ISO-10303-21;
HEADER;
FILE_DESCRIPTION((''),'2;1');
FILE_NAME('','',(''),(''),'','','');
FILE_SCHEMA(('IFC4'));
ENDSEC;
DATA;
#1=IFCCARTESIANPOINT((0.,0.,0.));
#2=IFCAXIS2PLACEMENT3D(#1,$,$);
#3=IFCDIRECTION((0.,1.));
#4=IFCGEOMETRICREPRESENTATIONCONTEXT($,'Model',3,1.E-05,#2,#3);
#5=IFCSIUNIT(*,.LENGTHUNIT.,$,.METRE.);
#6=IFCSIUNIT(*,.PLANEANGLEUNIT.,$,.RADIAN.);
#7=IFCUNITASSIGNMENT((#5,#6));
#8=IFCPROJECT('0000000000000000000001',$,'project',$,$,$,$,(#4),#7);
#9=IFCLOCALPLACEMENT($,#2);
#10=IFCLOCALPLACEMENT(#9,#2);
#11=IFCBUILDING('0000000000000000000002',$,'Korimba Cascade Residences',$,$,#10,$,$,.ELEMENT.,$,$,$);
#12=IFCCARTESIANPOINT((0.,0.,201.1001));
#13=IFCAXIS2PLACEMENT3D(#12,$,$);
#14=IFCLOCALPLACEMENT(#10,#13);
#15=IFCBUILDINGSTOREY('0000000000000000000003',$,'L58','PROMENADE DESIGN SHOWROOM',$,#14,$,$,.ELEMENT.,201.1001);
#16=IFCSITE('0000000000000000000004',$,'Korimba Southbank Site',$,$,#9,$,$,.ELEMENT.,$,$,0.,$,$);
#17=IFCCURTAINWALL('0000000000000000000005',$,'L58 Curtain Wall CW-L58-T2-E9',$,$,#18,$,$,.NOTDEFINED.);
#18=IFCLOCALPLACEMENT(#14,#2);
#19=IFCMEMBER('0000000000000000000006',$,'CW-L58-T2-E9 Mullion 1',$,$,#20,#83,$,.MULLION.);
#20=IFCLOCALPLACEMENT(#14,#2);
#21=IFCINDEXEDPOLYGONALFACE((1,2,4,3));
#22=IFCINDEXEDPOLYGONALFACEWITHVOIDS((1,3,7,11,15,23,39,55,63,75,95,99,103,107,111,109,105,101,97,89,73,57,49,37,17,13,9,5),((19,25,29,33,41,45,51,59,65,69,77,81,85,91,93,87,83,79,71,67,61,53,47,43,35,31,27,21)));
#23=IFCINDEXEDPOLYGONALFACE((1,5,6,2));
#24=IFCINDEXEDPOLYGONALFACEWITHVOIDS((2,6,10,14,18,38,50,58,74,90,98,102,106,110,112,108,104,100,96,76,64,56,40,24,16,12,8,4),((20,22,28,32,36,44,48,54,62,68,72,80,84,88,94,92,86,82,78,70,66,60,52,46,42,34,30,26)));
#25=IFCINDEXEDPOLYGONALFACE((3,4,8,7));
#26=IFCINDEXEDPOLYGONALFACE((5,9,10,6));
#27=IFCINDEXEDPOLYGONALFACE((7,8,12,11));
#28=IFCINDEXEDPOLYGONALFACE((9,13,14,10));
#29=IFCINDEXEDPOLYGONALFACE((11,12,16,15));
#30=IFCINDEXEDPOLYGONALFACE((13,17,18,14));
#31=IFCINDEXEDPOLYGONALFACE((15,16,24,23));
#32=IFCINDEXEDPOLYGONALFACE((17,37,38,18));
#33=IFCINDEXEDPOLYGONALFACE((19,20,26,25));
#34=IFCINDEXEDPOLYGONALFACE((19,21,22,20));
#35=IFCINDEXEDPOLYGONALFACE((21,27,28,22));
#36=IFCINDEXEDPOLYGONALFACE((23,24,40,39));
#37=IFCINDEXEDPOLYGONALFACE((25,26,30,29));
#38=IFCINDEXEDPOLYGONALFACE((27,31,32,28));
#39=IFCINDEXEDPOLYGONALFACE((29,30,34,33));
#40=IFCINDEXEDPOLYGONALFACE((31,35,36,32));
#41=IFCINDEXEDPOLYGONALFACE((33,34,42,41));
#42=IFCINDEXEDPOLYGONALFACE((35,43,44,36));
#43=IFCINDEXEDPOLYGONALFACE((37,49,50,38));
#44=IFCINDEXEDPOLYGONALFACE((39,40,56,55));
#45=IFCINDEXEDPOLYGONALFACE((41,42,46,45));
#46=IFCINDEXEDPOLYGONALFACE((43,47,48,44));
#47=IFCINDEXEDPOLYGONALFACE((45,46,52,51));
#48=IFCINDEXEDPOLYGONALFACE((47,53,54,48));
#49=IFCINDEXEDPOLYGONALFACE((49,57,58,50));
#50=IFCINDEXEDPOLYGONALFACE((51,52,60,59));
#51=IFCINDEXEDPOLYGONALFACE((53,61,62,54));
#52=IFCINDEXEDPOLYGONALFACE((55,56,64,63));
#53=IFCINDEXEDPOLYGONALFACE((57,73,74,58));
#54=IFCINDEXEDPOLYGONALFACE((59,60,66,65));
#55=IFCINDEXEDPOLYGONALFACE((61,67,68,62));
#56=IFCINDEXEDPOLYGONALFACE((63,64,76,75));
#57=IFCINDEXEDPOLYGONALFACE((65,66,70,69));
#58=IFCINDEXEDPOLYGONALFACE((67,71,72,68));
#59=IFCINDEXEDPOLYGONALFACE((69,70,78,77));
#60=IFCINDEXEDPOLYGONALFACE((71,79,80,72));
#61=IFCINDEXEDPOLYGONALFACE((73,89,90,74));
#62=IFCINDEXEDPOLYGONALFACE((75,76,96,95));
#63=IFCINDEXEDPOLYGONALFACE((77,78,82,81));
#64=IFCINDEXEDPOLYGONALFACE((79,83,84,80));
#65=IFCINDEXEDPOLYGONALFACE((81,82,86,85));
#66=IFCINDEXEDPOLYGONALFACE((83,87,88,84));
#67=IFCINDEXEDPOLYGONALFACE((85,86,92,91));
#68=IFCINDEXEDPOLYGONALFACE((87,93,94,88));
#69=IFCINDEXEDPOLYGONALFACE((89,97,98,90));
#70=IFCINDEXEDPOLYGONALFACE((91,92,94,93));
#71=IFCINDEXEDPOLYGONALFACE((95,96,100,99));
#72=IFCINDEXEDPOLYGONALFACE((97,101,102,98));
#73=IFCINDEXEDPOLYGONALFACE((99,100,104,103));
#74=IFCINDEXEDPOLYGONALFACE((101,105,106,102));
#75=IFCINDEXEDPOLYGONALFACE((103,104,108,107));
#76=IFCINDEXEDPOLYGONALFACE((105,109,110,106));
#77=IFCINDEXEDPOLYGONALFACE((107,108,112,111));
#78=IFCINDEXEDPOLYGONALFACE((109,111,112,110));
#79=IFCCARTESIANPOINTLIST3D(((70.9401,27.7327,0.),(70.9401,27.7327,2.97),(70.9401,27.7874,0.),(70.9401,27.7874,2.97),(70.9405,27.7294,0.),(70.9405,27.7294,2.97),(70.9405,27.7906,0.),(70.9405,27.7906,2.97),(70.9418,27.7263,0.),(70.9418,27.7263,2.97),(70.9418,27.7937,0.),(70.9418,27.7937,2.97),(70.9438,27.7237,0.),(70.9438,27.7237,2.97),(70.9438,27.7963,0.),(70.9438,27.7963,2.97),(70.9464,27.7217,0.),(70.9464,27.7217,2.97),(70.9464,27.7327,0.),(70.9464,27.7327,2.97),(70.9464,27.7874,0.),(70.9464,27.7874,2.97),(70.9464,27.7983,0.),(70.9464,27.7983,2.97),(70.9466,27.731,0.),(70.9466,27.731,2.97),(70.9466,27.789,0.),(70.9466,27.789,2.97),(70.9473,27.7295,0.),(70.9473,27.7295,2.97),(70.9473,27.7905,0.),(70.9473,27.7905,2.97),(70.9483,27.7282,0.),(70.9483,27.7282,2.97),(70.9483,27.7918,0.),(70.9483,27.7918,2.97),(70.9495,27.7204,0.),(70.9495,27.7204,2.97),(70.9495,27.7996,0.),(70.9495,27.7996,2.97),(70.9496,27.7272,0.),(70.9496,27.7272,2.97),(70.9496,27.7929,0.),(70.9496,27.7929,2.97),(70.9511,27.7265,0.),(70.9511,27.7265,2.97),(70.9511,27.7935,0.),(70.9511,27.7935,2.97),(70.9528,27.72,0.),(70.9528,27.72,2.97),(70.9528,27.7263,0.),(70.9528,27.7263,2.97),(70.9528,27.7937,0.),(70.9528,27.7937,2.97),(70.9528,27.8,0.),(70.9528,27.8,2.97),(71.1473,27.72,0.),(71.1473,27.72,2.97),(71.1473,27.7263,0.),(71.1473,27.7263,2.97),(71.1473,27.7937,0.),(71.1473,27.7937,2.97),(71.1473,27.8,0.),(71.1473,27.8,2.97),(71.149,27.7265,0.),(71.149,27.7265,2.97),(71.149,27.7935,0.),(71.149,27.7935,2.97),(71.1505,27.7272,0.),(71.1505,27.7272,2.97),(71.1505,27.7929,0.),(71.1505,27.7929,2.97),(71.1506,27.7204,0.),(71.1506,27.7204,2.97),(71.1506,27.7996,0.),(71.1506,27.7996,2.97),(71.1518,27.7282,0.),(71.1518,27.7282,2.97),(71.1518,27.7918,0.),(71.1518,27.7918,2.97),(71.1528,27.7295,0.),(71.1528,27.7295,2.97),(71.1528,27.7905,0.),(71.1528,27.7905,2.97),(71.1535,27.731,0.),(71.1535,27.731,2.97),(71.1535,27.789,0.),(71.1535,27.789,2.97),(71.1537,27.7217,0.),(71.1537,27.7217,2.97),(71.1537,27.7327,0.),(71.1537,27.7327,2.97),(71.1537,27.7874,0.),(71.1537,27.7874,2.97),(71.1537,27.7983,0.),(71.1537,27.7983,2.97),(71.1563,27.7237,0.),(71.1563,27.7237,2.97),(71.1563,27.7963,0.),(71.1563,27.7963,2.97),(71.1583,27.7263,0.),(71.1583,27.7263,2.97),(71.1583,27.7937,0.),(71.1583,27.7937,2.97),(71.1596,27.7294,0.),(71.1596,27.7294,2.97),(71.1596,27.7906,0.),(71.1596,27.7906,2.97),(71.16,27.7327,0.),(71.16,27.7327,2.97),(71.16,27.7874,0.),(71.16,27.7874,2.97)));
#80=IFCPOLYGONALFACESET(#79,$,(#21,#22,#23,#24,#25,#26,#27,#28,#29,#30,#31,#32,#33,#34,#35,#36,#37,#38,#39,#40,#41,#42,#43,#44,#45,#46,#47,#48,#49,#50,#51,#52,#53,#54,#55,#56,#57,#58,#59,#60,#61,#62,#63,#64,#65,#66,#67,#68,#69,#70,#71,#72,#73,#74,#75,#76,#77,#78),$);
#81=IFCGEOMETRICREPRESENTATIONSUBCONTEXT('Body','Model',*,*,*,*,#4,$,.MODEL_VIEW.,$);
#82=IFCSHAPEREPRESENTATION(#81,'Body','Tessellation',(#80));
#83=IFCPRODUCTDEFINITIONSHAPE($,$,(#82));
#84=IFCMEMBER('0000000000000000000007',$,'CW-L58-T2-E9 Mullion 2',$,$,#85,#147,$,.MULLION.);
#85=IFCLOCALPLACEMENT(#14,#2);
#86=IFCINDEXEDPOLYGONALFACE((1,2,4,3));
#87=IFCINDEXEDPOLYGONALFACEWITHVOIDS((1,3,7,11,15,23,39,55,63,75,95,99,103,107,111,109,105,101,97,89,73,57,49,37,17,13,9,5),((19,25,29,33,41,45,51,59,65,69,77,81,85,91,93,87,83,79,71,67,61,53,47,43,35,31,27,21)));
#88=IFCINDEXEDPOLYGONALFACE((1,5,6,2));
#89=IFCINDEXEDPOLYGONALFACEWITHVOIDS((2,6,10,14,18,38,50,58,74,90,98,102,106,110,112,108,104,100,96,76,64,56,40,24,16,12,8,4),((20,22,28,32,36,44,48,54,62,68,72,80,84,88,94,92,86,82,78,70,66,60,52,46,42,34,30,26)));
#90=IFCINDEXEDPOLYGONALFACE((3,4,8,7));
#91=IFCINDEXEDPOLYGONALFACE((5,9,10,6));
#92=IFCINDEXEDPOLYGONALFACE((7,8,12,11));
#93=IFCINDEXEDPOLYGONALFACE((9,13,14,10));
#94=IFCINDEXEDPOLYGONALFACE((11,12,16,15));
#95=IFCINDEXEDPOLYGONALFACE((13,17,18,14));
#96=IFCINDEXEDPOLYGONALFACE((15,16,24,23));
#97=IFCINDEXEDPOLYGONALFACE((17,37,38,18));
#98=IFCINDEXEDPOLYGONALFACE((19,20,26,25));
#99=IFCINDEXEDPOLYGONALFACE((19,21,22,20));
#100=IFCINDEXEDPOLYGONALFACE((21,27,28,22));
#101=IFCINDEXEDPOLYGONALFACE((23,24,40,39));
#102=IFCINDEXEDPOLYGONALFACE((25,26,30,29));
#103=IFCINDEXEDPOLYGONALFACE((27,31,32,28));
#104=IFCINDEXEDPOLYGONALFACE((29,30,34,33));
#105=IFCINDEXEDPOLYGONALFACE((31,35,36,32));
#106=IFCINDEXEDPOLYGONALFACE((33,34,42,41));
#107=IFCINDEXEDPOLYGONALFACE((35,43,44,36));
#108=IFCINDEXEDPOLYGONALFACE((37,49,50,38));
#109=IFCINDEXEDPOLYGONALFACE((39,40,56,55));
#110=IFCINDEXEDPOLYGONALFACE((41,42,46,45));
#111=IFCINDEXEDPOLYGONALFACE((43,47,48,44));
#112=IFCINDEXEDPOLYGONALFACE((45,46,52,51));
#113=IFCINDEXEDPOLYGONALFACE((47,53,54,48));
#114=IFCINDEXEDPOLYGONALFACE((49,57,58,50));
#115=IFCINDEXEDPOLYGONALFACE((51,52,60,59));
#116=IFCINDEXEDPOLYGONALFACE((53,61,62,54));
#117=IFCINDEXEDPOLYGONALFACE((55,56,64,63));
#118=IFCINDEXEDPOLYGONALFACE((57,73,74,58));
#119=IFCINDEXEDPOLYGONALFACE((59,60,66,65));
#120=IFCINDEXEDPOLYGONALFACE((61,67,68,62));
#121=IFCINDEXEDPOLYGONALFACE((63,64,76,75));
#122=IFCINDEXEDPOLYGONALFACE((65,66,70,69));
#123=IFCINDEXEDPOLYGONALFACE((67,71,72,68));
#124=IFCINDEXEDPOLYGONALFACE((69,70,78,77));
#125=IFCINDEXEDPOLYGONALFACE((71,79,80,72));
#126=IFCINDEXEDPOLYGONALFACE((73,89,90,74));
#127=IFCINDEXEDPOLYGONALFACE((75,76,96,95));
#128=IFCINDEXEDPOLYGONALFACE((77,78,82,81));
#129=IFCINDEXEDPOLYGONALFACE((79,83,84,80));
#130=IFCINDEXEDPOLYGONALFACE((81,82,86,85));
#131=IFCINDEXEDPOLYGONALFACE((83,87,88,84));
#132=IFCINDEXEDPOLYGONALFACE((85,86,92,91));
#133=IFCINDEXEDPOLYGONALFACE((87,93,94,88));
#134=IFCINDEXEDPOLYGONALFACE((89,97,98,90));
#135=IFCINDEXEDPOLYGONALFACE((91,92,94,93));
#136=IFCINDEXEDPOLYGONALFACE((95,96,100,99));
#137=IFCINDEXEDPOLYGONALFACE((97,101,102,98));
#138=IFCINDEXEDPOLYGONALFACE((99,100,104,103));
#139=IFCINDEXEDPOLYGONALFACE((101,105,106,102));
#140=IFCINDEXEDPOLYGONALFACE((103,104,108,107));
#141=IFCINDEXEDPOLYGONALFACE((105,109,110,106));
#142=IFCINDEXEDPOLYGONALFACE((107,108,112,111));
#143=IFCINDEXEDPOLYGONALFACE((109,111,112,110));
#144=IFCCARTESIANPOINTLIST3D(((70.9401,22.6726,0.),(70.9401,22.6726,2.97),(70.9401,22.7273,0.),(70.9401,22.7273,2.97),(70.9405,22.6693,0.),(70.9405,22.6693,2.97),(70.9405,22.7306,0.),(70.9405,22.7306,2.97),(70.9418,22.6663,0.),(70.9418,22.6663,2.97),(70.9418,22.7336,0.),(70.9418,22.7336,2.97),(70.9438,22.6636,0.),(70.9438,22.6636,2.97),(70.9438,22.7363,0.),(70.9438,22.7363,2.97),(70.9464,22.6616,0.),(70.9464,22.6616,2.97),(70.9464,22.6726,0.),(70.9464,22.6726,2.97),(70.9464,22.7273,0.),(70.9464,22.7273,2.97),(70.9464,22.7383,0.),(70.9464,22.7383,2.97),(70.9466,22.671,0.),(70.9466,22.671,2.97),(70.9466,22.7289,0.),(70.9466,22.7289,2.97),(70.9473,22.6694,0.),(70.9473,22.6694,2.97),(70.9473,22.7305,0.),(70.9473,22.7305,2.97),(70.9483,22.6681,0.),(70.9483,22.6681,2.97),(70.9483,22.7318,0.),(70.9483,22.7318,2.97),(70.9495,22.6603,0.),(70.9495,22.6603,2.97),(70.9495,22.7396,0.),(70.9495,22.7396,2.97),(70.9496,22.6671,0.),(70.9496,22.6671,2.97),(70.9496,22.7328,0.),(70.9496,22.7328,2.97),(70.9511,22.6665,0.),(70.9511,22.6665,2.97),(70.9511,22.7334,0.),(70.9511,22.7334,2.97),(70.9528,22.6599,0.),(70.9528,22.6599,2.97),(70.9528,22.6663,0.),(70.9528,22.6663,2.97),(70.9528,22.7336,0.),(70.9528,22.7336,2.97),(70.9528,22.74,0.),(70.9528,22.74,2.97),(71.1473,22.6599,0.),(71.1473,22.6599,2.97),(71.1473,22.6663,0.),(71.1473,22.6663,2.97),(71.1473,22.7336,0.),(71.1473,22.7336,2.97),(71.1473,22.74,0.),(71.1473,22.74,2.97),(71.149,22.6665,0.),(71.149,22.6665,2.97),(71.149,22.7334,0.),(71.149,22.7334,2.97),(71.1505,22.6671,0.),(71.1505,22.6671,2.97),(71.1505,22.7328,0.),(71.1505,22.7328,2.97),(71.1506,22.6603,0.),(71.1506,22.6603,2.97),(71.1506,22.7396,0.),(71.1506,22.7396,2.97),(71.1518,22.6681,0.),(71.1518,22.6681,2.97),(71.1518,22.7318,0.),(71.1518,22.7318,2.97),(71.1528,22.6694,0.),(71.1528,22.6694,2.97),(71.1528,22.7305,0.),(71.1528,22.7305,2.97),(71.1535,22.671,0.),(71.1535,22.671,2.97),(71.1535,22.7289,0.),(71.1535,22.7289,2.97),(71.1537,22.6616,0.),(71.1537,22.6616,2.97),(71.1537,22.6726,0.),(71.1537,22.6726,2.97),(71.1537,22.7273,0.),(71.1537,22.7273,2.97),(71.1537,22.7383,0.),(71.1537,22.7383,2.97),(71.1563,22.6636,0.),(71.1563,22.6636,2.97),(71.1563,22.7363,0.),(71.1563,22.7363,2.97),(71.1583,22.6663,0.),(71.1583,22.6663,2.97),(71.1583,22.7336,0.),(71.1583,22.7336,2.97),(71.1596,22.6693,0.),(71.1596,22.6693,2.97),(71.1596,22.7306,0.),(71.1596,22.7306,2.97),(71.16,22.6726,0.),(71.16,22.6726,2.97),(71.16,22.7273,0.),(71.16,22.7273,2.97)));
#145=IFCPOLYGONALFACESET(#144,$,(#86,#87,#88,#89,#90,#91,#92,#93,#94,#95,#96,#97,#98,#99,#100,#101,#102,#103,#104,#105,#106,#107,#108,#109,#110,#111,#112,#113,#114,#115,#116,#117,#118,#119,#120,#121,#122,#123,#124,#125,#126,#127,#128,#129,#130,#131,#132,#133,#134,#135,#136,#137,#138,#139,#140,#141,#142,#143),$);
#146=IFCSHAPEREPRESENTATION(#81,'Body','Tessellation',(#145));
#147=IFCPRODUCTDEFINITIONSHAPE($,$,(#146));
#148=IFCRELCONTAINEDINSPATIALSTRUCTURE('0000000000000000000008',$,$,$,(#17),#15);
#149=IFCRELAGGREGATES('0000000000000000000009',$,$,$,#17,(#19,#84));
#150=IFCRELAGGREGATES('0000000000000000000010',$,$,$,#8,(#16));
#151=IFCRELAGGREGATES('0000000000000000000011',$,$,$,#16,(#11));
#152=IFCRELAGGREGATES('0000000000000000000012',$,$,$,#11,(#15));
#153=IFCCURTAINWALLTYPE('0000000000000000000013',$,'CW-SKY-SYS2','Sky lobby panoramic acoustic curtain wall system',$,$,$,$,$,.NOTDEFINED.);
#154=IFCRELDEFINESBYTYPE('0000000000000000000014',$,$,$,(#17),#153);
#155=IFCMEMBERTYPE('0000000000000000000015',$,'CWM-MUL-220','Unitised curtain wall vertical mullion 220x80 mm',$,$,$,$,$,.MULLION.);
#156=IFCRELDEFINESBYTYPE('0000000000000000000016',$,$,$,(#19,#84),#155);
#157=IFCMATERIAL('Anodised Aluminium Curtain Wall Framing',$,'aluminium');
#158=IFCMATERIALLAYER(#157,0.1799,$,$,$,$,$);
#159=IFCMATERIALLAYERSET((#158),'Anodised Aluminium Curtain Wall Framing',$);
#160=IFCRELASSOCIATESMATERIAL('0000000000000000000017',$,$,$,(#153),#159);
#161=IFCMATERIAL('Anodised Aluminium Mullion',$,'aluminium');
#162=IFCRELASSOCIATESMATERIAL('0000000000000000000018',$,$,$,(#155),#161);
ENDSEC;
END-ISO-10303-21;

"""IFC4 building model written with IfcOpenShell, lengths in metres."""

from ifc_helpers import new_model, si_unit, direction, frame, origin, origin_2d, place, context, subcontext, project, spatial, hollow_rectangle, extrude, material, layer, layer_set, material_profile, profile_set, type_object, element, aggregate, save


model = new_model("IFC4")

# Units and contexts
model_context = context("Model", 3, precision=1e-05, world=origin(), true_north=direction((0.0, 1.0)))
body_context = subcontext(model_context, "Body", "Model", "MODEL_VIEW")
ifc_project = project(units=[si_unit("LENGTHUNIT", "METRE"), si_unit("PLANEANGLEUNIT", "RADIAN")], contexts=[model_context])

# Site, building, storey
site_placement = place(None, origin())
site = spatial("IfcSite", under=ifc_project, at=site_placement, Name="Korimba Southbank Site", CompositionType="ELEMENT", RefElevation=0.0)
building_placement = place(site_placement, origin())
building = spatial("IfcBuilding", under=site, at=building_placement, Name="Korimba Cascade Residences", CompositionType="ELEMENT")
storey_placement = place(building_placement, frame((0.0, 0.0, 201.1001)))
storey = spatial("IfcBuildingStorey", under=building, at=storey_placement, Name="L58", Description="PROMENADE DESIGN SHOWROOM", CompositionType="ELEMENT", Elevation=201.1001)

# Curtain wall, members
ifc_material_1 = material(Name="Anodised Aluminium Curtain Wall Framing", Category="aluminium")
ifc_layer_1 = layer(ifc_material_1, 0.1799)
ifc_layer_set_1 = layer_set([ifc_layer_1], Name="Anodised Aluminium Curtain Wall Framing")
curtain_wall_type = type_object("IfcCurtainWallType", Name="CW-SKY-SYS2", Description="Sky lobby panoramic acoustic curtain wall system", PredefinedType="NOTDEFINED", material=ifc_layer_set_1)
curtain_wall_placement = place(storey_placement, origin())
curtain_wall = element("IfcCurtainWall", 1, at=curtain_wall_placement, inside=storey, type_object=curtain_wall_type, Name="L58 Curtain Wall CW-L58-T2-E9", PredefinedType="NOTDEFINED")
ifc_material_2 = material(Name="Anodised Aluminium Mullion", Category="aluminium")
ifc_material_profile_1 = material_profile(ifc_material_2, hollow_rectangle(XDim=0.0801, YDim=0.22, WallThickness=0.0063, InnerFilletRadius=0.0063, OuterFilletRadius=0.0127, at=origin_2d()), Name="Anodised Aluminium Mullion")
ifc_profile_set_1 = profile_set([ifc_material_profile_1], Name="Anodised Aluminium Mullion")
member_type_1 = type_object("IfcMemberType", Name="CWM-MUL-220", Description="Unitised curtain wall vertical mullion 220x80 mm", PredefinedType="MULLION", material=ifc_profile_set_1)
member_1_placement = place(storey_placement, frame((71.05, 27.76, 0.0), z_axis=(0.0, 0.0, 1.0), x_axis=(0.0, -1.0, 0.0)))
member_1 = element("IfcMember", 2, at=member_1_placement, type_object=member_type_1, Name="CW-L58-T2-E9 Mullion 1", PredefinedType="MULLION", context=body_context, shape_type="SweptSolid", body=[
    extrude(hollow_rectangle(XDim=0.0801, YDim=0.22, WallThickness=0.0063, InnerFilletRadius=0.0063, OuterFilletRadius=0.0127, at=origin_2d()), origin(), (0.0, 0.0, 1.0), 2.97),
])
member_2_placement = place(storey_placement, frame((71.05, 22.7, 0.0), z_axis=(0.0, 0.0, 1.0), x_axis=(0.0, -1.0, 0.0)))
member_2 = element("IfcMember", 3, at=member_2_placement, type_object=member_type_1, Name="CW-L58-T2-E9 Mullion 2", PredefinedType="MULLION", context=body_context, shape_type="SweptSolid", body=[
    extrude(hollow_rectangle(XDim=0.0801, YDim=0.22, WallThickness=0.0063, InnerFilletRadius=0.0063, OuterFilletRadius=0.0127, at=origin_2d()), origin(), (0.0, 0.0, 1.0), 2.97),
])
aggregate(curtain_wall, [member_1, member_2])

save(model, "model.ifc")
